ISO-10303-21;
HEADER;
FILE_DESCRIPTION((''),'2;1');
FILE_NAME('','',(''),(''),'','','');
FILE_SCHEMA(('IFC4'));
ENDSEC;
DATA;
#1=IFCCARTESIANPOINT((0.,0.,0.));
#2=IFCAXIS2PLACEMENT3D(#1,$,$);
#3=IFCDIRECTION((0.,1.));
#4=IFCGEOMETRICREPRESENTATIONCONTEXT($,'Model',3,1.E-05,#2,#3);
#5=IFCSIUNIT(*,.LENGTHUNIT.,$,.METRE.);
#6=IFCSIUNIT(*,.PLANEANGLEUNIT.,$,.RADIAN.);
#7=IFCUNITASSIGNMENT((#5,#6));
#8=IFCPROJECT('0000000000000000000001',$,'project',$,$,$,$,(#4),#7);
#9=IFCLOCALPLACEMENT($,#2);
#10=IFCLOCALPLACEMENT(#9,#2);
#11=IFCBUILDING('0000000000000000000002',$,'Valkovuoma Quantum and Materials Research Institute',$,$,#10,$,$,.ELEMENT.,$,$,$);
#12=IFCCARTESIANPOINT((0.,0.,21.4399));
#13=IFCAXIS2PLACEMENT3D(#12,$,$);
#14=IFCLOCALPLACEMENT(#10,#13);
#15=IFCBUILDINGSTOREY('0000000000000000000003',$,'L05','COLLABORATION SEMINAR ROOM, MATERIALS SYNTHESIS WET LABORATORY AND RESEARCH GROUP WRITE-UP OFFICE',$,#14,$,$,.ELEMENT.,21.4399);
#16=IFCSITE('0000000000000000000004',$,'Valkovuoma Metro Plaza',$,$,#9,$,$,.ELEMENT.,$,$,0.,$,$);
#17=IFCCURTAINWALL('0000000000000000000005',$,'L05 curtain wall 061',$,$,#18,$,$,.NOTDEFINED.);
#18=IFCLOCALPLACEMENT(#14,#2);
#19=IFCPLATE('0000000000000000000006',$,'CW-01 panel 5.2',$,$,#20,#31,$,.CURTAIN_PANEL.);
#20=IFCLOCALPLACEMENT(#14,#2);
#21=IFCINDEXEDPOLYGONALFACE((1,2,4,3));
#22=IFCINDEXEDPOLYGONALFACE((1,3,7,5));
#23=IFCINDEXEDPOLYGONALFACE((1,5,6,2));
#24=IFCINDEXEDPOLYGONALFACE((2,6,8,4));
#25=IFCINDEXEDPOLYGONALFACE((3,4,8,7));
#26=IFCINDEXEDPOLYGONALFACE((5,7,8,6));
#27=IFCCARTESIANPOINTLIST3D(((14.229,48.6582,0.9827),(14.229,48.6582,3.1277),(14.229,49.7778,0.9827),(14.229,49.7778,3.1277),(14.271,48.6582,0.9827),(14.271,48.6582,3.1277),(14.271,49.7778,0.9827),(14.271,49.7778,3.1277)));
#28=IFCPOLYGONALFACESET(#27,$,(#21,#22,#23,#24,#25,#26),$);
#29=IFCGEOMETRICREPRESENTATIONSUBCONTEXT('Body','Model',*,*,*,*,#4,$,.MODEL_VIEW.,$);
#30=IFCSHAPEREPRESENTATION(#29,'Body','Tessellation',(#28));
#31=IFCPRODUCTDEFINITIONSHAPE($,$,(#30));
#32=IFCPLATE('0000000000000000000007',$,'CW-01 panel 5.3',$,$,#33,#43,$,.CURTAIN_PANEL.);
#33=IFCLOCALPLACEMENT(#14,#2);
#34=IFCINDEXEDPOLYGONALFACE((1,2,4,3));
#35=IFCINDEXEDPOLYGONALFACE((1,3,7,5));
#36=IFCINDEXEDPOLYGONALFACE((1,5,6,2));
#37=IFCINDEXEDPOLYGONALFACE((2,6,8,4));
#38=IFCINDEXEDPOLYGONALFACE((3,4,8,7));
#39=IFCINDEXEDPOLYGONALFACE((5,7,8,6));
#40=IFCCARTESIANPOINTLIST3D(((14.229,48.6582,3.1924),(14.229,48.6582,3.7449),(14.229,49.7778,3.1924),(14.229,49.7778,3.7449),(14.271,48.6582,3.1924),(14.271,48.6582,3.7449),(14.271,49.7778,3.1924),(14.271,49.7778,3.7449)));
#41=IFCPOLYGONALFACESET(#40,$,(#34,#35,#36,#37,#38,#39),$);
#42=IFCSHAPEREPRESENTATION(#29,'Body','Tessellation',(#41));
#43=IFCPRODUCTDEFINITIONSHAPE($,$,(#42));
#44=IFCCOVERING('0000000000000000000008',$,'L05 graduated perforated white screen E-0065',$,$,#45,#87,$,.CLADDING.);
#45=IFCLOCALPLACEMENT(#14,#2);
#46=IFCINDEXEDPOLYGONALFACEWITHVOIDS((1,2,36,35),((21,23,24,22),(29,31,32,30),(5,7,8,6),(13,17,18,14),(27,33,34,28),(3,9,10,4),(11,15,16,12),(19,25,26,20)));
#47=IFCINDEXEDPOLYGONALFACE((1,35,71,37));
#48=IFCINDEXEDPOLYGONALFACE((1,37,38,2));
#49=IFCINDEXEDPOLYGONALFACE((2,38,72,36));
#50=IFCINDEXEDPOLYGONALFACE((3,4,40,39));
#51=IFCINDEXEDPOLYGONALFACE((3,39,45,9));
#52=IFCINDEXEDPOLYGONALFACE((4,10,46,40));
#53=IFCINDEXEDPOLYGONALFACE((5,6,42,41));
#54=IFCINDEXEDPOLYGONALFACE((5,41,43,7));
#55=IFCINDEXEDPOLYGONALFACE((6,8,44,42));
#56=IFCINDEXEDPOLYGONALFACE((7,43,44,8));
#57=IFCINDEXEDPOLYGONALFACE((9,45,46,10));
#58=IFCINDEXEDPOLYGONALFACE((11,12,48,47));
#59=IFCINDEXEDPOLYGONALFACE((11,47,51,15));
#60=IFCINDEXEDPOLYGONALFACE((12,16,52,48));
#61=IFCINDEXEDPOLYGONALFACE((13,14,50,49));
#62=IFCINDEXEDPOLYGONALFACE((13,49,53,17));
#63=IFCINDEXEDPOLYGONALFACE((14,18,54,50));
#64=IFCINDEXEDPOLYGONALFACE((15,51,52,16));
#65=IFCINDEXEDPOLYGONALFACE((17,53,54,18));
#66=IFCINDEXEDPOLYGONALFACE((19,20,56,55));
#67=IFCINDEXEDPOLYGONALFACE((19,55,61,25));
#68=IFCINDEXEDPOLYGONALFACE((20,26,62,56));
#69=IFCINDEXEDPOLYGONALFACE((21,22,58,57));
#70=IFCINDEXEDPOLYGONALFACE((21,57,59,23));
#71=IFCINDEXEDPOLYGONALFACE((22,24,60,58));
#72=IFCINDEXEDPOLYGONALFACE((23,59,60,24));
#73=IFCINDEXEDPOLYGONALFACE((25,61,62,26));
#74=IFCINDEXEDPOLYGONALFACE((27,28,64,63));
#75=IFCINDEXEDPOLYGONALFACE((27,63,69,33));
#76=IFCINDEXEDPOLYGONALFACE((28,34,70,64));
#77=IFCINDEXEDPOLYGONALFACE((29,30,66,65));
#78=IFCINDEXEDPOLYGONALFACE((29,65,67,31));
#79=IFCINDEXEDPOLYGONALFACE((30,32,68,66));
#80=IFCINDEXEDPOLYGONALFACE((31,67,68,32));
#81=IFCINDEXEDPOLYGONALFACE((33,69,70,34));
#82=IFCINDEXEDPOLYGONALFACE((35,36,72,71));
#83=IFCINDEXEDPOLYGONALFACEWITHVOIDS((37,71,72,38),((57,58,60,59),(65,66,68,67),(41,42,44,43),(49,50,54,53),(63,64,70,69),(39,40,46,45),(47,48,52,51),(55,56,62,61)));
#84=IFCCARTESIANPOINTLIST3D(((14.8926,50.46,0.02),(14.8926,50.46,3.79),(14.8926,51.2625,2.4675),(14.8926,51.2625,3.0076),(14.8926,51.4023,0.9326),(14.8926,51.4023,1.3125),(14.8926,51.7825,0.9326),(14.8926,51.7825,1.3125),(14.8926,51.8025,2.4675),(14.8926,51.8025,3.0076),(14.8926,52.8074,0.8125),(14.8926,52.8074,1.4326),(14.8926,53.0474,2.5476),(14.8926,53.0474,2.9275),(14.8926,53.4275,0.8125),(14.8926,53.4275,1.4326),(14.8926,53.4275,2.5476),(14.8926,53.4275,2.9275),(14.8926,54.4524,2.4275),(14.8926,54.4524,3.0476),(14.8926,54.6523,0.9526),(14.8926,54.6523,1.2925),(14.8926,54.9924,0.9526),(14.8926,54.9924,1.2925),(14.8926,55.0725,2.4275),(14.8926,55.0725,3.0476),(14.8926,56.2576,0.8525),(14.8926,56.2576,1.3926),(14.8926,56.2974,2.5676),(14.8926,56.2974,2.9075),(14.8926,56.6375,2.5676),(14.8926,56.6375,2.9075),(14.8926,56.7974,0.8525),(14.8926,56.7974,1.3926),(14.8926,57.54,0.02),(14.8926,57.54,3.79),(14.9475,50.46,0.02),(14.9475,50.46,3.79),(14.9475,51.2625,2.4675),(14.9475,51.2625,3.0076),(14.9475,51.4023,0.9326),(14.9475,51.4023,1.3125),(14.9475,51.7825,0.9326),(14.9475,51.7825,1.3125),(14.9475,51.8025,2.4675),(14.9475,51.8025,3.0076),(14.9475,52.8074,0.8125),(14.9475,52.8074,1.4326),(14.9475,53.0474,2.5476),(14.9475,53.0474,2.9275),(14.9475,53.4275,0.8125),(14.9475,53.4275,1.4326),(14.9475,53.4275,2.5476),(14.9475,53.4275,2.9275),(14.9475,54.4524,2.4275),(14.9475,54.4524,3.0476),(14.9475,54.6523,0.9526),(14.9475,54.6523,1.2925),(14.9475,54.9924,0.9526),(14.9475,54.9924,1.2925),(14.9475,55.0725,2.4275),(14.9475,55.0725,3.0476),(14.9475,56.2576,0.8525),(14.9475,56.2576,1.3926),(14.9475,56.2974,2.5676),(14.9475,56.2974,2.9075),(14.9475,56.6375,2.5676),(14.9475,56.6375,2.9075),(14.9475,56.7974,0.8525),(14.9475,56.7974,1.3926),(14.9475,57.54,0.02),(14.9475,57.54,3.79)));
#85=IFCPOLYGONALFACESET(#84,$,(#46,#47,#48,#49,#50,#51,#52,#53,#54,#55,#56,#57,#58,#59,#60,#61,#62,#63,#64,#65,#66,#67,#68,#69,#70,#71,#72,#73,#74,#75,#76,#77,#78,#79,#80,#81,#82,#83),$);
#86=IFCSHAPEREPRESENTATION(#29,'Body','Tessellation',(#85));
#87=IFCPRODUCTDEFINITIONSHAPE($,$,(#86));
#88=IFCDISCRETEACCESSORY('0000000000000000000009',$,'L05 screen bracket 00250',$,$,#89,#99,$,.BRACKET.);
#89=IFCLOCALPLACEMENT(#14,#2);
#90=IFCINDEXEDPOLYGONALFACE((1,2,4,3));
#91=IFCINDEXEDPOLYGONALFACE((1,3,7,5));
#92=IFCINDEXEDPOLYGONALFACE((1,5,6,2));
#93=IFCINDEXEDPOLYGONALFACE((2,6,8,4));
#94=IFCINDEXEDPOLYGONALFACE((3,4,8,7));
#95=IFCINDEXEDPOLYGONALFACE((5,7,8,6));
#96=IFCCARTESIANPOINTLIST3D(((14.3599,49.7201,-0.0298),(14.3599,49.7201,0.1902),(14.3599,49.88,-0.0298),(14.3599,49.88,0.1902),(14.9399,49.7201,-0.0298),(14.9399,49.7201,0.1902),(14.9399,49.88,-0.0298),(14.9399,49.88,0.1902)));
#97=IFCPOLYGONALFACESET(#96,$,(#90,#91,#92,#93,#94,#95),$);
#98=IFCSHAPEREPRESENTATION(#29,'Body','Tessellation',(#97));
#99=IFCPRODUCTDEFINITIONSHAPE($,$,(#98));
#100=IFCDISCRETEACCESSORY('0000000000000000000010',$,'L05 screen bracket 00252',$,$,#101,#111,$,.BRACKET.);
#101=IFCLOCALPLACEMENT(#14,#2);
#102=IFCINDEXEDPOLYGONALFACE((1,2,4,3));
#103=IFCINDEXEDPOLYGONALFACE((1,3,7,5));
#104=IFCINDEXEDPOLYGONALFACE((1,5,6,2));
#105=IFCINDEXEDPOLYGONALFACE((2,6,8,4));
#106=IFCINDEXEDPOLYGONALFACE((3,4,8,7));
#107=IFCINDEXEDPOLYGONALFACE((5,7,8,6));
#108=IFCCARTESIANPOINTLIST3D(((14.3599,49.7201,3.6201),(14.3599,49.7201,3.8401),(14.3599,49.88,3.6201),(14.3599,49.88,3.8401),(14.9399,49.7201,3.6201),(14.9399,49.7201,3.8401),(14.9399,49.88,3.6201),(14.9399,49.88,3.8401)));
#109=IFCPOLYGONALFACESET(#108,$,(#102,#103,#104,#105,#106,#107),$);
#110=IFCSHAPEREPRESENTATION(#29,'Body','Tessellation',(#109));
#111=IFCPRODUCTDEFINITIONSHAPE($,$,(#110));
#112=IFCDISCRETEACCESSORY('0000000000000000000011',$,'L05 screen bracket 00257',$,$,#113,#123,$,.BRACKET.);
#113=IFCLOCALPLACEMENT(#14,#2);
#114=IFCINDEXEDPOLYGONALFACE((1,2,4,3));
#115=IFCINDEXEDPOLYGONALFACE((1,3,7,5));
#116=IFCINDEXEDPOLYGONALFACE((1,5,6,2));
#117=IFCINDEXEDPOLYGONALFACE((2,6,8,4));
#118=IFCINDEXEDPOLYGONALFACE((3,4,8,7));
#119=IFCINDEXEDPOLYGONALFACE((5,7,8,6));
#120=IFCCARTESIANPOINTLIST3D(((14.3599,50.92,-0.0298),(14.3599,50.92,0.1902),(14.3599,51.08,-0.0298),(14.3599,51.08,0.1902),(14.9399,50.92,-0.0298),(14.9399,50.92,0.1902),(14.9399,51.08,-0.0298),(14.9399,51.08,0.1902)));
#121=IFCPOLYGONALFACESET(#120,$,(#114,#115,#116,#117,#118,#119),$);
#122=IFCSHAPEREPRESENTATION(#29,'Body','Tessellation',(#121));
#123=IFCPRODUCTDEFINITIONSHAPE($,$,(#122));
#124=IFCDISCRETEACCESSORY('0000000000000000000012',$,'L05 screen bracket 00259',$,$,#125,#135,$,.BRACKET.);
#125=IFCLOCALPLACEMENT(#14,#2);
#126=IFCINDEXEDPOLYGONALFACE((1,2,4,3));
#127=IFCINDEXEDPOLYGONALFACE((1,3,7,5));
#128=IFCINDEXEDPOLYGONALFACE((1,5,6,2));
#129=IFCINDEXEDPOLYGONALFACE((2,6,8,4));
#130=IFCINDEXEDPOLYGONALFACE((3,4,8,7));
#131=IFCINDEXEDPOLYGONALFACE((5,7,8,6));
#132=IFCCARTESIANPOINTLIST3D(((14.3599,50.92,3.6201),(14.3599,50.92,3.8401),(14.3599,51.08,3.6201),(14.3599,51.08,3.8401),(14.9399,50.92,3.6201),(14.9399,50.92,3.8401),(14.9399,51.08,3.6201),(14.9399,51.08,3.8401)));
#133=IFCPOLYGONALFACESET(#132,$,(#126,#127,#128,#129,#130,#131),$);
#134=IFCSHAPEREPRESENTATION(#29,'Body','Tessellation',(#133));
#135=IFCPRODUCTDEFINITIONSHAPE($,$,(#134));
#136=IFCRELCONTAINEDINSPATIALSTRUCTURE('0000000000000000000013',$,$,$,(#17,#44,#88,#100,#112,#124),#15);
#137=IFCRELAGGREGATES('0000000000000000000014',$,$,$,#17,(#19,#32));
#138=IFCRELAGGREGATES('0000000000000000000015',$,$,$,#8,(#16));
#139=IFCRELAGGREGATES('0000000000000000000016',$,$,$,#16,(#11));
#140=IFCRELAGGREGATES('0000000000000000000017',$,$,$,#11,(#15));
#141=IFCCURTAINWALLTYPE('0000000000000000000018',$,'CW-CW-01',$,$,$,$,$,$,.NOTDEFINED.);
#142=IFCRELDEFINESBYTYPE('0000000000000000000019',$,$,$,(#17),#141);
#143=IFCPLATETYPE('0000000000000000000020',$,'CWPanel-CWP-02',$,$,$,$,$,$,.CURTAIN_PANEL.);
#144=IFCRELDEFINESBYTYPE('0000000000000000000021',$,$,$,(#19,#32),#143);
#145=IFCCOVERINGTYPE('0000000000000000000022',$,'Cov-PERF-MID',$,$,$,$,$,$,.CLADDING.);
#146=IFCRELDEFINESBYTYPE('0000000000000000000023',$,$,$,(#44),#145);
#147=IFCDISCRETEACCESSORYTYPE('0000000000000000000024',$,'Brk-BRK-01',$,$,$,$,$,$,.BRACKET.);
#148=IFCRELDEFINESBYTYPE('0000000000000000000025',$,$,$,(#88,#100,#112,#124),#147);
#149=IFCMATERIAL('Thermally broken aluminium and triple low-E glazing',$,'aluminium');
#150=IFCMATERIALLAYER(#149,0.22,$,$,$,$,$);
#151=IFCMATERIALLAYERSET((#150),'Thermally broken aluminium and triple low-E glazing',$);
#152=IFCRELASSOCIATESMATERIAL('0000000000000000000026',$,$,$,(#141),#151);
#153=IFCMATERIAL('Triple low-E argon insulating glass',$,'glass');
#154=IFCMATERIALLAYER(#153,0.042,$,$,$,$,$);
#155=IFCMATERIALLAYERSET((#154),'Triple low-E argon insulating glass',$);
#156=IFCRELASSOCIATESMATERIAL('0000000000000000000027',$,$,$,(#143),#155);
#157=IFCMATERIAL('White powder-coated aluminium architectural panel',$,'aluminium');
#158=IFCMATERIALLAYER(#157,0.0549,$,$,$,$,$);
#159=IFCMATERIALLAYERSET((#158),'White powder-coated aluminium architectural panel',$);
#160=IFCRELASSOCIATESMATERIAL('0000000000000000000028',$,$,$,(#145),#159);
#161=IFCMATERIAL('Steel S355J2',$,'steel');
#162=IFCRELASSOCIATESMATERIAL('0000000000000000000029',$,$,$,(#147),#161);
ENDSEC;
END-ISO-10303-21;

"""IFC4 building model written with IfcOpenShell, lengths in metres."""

from ifc_helpers import new_model, si_unit, direction, frame, origin, origin_2d, place, context, subcontext, project, spatial, polyline, rectangle, outline, extrude, material, layer, layer_set, type_object, element, aggregate, save


model = new_model("IFC4")

# Units and contexts
model_context = context("Model", 3, precision=1e-05, world=origin(), true_north=direction((0.0, 1.0)))
body_context = subcontext(model_context, "Body", "Model", "MODEL_VIEW")
ifc_project = project(units=[si_unit("LENGTHUNIT", "METRE"), si_unit("PLANEANGLEUNIT", "RADIAN")], contexts=[model_context])

# Site, building, storey
site_placement = place(None, origin())
site = spatial("IfcSite", under=ifc_project, at=site_placement, Name="Valkovuoma Metro Plaza", CompositionType="ELEMENT", RefElevation=0.0)
building_placement = place(site_placement, origin())
building = spatial("IfcBuilding", under=site, at=building_placement, Name="Valkovuoma Quantum and Materials Research Institute", CompositionType="ELEMENT")
storey_placement = place(building_placement, frame((0.0, 0.0, 21.4399)))
storey = spatial("IfcBuildingStorey", under=building, at=storey_placement, Name="L05", Description="COLLABORATION SEMINAR ROOM, MATERIALS SYNTHESIS WET LABORATORY AND RESEARCH GROUP WRITE-UP OFFICE", CompositionType="ELEMENT", Elevation=21.4399)

# Shared definitions
ifc_material_1 = material(Name="Thermally broken aluminium and triple low-E glazing", Category="aluminium")
ifc_layer_1 = layer(ifc_material_1, 0.22)
ifc_layer_set_1 = layer_set([ifc_layer_1], Name="Thermally broken aluminium and triple low-E glazing")
curtain_wall_type = type_object("IfcCurtainWallType", Name="CW-CW-01", PredefinedType="NOTDEFINED", material=ifc_layer_set_1)

# Curtain wall
curtain_wall_1_placement = place(storey_placement, origin())
curtain_wall_1 = element("IfcCurtainWall", 1, at=curtain_wall_1_placement, inside=storey, type_object=curtain_wall_type, Name="L05 curtain wall 061", PredefinedType="NOTDEFINED")

# Plates
ifc_material_2 = material(Name="Triple low-E argon insulating glass", Category="glass")
ifc_layer_2 = layer(ifc_material_2, 0.042)
ifc_layer_set_2 = layer_set([ifc_layer_2], Name="Triple low-E argon insulating glass")
plate_type = type_object("IfcPlateType", Name="CWPanel-CWP-02", PredefinedType="CURTAIN_PANEL", material=ifc_layer_set_2)
plate_1_placement = place(storey_placement, frame((14.25, 49.218, 0.9827), z_axis=(0.0, 0.0, 1.0), x_axis=(0.0, 1.0, 0.0)))
plate_1 = element("IfcPlate", 2, at=plate_1_placement, type_object=plate_type, Name="CW-01 panel 5.2", PredefinedType="CURTAIN_PANEL", context=body_context, shape_type="SweptSolid", body=[
    extrude(rectangle(XDim=1.1196, YDim=0.042, at=origin_2d()), origin(), (0.0, 0.0, 1.0), 2.145),
])
plate_2_placement = place(storey_placement, frame((14.25, 49.218, 3.1924), z_axis=(0.0, 0.0, 1.0), x_axis=(0.0, 1.0, 0.0)))
plate_2 = element("IfcPlate", 3, at=plate_2_placement, type_object=plate_type, Name="CW-01 panel 5.3", PredefinedType="CURTAIN_PANEL", context=body_context, shape_type="SweptSolid", body=[
    extrude(rectangle(XDim=1.1196, YDim=0.042, at=origin_2d()), origin(), (0.0, 0.0, 1.0), 0.5525),
])
aggregate(curtain_wall_1, [plate_1, plate_2])

# Covering
ifc_material_3 = material(Name="White powder-coated aluminium architectural panel", Category="aluminium")
ifc_layer_3 = layer(ifc_material_3, 0.0549)
ifc_layer_set_3 = layer_set([ifc_layer_3], Name="White powder-coated aluminium architectural panel")
covering_type = type_object("IfcCoveringType", Name="Cov-PERF-MID", PredefinedType="CLADDING", material=ifc_layer_set_3)
covering_placement = place(storey_placement, frame((14.9199, 50.46, 0.02), z_axis=(0.0, 0.0, 1.0), x_axis=(0.0, 1.0, 0.0)))
element("IfcCovering", 4, at=covering_placement, inside=storey, type_object=covering_type, Name="L05 graduated perforated white screen E-0065", PredefinedType="CLADDING", context=body_context, shape_type="SweptSolid", body=[
    extrude(outline(polyline([(0.0, 0.0), (7.0801, 0.0), (7.0801, 3.77), (0.0, 3.77), (0.0, 0.0)]), holes=[polyline([(0.9424, 0.9126), (0.9424, 1.2925), (1.3225, 1.2925), (1.3225, 0.9126), (0.9424, 0.9126)]), polyline([(0.8025, 2.4475), (0.8025, 2.9875), (1.3425, 2.9875), (1.3425, 2.4475), (0.8025, 2.4475)]), polyline([(2.3474, 0.7925), (2.3474, 1.4126), (2.9675, 1.4126), (2.9675, 0.7925), (2.3474, 0.7925)]), polyline([(2.5874, 2.5276), (2.5874, 2.9075), (2.9675, 2.9075), (2.9675, 2.5276), (2.5874, 2.5276)]), polyline([(4.1924, 0.9326), (4.1924, 1.2725), (4.5325, 1.2725), (4.5325, 0.9326), (4.1924, 0.9326)]), polyline([(3.9924, 2.4075), (3.9924, 3.0276), (4.6125, 3.0276), (4.6125, 2.4075), (3.9924, 2.4075)]), polyline([(5.7976, 0.8325), (5.7976, 1.3726), (6.3374, 1.3726), (6.3374, 0.8325), (5.7976, 0.8325)]), polyline([(5.8374, 2.5476), (5.8374, 2.8875), (6.1775, 2.8875), (6.1775, 2.5476), (5.8374, 2.5476)])]), frame((0.0, 0.0273, 0.0), z_axis=(0.0, -1.0, 0.0), x_axis=(1.0, 0.0, 0.0)), (0.0, 0.0, 1.0), 0.0549),
])

# Discrete accessories
ifc_material_4 = material(Name="Steel S355J2", Category="steel")
discrete_accessory_type = type_object("IfcDiscreteAccessoryType", Name="Brk-BRK-01", PredefinedType="BRACKET", material=ifc_material_4)
for number, where, z_axis, x_axis, name in (
    (5, (14.6499, 49.8, -0.0298), (0.0, 0.0, 1.0), (1.0, 0.0, 0.0), "L05 screen bracket 00250"),
    (6, (14.6499, 49.8, 3.6201), (0.0, 0.0, 1.0), (1.0, 0.0, 0.0), "L05 screen bracket 00252"),
    (7, (14.6499, 51.0, -0.0298), (0.0, 0.0, 1.0), (1.0, 0.0, 0.0), "L05 screen bracket 00257"),
    (8, (14.6499, 51.0, 3.6201), (0.0, 0.0, 1.0), (1.0, 0.0, 0.0), "L05 screen bracket 00259"),
):
    element("IfcDiscreteAccessory", number, at=place(storey_placement, frame(where, z_axis=z_axis, x_axis=x_axis)), inside=storey, type_object=discrete_accessory_type, Name=name, PredefinedType="BRACKET", context=body_context, shape_type="SweptSolid", body=[
        extrude(rectangle(XDim=0.5801, YDim=0.1599, at=origin_2d()), origin(), (0.0, 0.0, 1.0), 0.22),
    ])

save(model, "model.ifc")
